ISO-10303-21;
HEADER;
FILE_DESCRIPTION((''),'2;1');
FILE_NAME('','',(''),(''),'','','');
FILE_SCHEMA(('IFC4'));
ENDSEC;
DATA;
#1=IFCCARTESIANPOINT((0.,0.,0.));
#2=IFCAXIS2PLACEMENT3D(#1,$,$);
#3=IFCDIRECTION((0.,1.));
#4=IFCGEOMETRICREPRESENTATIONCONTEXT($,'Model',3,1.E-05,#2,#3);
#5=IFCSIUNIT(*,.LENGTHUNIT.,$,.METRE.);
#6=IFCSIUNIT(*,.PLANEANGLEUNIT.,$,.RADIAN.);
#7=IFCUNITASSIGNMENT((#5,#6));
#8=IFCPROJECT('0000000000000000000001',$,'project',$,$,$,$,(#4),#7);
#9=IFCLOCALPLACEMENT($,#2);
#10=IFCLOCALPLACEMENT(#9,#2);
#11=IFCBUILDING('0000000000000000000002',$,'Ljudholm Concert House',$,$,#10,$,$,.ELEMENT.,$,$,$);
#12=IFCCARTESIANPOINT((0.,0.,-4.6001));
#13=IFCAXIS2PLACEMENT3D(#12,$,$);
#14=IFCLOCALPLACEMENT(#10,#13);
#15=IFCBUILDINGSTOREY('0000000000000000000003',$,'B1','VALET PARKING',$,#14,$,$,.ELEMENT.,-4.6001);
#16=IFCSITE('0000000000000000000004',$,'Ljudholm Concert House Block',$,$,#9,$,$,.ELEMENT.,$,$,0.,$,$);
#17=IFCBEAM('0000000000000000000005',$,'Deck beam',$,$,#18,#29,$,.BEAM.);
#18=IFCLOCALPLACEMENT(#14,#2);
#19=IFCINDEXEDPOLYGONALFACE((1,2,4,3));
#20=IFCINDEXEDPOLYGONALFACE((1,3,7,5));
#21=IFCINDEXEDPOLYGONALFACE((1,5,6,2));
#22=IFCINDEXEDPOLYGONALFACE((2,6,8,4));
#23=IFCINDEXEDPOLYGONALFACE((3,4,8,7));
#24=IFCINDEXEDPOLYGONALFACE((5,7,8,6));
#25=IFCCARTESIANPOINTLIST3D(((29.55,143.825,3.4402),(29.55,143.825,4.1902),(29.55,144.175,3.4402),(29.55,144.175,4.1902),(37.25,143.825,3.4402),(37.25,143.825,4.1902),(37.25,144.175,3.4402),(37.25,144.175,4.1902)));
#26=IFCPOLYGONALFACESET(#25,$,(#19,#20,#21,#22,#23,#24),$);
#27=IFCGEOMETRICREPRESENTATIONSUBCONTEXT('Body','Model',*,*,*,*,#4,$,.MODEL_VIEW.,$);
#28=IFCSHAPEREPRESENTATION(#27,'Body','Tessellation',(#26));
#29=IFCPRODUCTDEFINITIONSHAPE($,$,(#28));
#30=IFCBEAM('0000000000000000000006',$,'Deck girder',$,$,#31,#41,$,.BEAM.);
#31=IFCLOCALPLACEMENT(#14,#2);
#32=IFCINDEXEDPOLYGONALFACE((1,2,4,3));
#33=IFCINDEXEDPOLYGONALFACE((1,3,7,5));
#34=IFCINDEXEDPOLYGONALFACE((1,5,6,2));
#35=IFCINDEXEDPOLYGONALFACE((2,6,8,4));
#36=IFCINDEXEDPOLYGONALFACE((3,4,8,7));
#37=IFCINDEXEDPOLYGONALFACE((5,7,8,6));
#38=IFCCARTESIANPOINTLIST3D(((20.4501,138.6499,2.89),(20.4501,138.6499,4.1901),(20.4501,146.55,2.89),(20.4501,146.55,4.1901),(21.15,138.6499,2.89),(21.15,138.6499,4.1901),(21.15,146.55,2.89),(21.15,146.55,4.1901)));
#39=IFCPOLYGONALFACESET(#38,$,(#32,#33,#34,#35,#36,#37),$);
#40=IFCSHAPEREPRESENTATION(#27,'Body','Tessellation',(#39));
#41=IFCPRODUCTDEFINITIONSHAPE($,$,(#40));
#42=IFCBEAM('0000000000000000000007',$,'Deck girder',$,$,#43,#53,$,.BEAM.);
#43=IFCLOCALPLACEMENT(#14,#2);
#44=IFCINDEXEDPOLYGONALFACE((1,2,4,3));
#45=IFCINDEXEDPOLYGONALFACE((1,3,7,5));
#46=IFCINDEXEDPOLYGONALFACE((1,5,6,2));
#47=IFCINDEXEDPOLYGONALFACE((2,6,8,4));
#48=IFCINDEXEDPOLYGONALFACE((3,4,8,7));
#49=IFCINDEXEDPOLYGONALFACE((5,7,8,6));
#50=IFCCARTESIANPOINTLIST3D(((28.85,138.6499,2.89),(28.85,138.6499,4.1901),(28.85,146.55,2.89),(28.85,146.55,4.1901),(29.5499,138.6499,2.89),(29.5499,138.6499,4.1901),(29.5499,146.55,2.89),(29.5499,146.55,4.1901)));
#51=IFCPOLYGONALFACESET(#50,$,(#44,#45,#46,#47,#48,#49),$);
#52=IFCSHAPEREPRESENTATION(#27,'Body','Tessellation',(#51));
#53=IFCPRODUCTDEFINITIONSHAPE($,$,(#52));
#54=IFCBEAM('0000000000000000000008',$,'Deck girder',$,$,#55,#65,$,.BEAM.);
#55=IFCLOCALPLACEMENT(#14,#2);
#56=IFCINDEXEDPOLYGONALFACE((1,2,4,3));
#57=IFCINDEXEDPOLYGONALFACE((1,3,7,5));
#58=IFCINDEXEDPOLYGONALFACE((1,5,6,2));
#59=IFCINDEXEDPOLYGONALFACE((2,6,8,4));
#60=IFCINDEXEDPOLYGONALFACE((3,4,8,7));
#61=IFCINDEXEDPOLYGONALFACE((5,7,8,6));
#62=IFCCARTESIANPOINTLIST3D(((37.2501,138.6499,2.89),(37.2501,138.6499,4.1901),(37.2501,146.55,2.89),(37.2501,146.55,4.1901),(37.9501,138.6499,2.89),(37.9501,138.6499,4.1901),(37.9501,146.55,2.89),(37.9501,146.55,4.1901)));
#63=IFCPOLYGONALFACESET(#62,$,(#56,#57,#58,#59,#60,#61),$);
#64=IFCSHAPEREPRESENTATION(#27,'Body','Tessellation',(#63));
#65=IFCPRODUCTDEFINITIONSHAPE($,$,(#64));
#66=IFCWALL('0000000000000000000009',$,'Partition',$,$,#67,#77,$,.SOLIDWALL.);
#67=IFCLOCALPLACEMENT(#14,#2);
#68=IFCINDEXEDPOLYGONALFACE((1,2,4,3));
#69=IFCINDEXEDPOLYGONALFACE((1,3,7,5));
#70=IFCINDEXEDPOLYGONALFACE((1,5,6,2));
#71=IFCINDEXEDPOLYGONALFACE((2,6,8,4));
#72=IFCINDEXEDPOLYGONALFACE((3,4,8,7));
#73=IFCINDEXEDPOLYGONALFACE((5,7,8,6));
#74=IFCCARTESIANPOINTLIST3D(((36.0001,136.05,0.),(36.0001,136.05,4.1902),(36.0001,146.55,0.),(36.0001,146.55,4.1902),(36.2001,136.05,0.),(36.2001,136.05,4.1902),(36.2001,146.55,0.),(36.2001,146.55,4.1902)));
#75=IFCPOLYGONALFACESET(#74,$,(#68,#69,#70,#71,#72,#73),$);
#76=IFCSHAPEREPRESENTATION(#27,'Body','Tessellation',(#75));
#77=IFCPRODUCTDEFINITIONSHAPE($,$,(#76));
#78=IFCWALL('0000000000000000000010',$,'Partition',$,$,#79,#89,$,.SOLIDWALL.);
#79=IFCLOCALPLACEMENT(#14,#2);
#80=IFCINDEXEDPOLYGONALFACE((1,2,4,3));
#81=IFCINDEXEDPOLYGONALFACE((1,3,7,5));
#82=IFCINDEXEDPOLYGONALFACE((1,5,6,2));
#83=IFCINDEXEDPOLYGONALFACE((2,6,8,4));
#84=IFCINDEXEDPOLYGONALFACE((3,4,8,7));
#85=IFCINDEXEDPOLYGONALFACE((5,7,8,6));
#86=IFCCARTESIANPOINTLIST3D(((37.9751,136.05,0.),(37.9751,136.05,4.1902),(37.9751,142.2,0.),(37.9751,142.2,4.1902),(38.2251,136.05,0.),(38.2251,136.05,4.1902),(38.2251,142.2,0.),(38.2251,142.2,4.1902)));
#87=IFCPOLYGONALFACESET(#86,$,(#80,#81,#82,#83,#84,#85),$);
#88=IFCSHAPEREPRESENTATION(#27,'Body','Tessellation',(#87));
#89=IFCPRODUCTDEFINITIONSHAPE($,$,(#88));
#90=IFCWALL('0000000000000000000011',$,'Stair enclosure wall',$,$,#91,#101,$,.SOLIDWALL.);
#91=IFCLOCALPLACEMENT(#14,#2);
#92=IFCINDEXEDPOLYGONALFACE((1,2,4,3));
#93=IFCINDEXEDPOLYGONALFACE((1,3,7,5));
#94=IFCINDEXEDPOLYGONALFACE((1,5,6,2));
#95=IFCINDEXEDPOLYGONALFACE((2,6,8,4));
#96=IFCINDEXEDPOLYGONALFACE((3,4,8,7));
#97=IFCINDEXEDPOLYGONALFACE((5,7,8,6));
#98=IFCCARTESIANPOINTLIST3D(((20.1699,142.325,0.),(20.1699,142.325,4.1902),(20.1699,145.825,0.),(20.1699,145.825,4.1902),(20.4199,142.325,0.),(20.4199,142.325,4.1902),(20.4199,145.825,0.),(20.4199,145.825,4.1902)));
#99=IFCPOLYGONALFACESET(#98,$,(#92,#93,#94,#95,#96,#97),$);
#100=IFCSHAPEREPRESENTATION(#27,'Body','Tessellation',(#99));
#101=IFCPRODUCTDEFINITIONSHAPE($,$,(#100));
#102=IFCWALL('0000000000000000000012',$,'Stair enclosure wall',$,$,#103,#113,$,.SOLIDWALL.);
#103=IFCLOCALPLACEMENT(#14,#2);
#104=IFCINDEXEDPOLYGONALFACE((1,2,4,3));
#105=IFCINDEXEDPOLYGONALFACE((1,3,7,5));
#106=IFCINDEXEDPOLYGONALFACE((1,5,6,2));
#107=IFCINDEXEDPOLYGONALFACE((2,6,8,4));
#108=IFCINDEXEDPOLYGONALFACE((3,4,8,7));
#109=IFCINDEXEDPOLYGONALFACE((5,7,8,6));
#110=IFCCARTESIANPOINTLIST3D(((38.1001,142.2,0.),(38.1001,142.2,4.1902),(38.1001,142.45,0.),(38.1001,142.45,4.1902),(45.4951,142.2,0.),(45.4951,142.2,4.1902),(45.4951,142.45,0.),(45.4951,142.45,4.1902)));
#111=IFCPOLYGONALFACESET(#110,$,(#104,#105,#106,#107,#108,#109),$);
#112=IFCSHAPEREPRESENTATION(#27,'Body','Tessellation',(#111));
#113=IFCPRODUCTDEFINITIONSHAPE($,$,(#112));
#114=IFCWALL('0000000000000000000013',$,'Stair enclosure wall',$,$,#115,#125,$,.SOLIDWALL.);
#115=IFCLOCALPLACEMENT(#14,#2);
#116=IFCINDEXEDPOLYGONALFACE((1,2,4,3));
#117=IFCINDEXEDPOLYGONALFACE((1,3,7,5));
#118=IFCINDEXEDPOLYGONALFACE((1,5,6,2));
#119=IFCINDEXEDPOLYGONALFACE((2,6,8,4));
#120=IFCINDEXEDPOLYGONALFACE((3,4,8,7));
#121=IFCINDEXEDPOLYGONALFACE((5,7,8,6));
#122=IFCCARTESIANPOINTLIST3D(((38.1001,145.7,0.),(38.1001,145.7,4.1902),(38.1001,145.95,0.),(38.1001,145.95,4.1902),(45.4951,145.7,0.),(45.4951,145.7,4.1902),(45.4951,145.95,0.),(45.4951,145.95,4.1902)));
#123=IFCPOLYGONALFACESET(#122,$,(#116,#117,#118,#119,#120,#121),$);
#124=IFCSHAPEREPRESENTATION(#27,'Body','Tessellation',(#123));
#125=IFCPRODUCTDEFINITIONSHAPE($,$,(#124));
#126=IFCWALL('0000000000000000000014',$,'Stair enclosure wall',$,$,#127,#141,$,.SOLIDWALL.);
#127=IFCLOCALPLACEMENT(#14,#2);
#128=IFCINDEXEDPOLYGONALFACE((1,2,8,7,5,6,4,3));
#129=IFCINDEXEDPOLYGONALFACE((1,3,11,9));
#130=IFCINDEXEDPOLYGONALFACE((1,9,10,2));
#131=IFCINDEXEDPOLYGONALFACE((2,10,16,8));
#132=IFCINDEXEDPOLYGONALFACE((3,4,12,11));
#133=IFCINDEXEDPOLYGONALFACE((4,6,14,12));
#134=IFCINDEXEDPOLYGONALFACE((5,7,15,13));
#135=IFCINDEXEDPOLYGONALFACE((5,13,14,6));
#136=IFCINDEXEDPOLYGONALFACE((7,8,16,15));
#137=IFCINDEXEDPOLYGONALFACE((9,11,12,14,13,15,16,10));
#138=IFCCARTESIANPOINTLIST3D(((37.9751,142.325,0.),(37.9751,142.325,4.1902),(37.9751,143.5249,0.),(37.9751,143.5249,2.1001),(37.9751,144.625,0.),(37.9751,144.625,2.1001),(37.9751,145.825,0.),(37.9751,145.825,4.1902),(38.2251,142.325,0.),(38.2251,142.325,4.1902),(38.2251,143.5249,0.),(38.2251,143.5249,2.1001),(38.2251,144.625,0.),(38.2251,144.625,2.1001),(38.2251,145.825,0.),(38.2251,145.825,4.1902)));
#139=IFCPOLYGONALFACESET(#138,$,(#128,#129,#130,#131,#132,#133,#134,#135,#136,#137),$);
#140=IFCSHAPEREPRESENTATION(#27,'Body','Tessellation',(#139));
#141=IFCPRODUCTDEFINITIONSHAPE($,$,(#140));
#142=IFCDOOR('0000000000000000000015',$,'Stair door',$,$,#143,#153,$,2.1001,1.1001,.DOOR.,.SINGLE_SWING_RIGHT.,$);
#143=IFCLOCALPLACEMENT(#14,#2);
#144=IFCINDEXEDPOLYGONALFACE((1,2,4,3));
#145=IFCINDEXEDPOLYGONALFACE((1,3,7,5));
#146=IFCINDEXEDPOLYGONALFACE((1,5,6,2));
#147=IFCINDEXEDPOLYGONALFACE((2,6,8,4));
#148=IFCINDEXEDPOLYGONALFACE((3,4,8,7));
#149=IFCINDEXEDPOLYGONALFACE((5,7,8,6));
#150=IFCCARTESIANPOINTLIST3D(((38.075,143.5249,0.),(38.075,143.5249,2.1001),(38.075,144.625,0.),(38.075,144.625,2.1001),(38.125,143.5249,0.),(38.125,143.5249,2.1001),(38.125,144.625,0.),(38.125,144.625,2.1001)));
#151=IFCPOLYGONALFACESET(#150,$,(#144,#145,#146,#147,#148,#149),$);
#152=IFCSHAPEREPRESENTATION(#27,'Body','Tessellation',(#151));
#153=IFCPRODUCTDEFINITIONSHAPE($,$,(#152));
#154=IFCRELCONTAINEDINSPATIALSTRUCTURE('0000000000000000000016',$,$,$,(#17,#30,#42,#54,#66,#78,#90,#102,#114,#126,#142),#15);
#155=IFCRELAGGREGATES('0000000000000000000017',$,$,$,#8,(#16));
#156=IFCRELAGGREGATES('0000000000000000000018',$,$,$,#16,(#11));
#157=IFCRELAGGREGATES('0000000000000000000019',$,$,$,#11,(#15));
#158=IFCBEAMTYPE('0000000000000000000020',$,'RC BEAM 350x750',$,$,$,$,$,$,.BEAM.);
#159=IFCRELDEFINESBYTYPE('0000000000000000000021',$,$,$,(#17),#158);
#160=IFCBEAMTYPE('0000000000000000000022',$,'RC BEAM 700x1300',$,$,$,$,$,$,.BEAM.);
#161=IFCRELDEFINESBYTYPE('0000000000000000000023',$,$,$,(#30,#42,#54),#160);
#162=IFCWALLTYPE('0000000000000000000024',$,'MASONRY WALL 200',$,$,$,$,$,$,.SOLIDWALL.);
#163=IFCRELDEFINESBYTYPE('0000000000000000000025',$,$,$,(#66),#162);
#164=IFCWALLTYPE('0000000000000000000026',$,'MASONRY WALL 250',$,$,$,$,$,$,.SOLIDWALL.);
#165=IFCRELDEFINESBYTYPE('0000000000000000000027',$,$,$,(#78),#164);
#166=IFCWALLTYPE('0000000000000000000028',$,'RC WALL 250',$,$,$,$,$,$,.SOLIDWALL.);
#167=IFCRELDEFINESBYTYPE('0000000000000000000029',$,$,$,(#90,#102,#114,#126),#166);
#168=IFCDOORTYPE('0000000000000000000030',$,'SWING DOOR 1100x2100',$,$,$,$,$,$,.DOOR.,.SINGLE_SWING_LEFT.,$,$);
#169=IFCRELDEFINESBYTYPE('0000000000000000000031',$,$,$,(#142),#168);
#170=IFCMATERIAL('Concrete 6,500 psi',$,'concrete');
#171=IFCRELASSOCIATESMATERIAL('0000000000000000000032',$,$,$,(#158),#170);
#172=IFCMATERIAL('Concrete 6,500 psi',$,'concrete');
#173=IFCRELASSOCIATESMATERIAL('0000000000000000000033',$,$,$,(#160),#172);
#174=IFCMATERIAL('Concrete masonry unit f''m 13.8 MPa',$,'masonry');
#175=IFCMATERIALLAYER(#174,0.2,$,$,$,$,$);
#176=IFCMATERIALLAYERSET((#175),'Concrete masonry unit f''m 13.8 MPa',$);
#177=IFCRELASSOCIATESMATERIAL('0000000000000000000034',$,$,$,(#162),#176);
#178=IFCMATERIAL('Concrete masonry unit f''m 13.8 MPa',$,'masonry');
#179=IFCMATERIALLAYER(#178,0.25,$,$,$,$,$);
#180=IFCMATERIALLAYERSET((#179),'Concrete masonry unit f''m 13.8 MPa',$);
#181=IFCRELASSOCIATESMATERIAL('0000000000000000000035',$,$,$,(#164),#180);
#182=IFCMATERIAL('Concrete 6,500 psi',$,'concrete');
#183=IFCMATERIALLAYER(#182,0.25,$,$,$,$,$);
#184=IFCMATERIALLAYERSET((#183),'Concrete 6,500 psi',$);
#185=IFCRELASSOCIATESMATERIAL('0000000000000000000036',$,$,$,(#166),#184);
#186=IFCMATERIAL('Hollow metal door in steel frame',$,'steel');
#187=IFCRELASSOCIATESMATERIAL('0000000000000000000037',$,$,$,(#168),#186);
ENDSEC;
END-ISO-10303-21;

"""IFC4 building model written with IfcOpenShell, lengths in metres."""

from ifc_helpers import new_model, si_unit, direction, frame, frame_2d, origin, origin_2d, place, context, subcontext, project, spatial, rectangle, extrude, material, layer, layer_set, material_profile, profile_set, type_object, element, fill, save


model = new_model("IFC4")

# Units and contexts
model_context = context("Model", 3, precision=1e-05, world=origin(), true_north=direction((0.0, 1.0)))
body_context = subcontext(model_context, "Body", "Model", "MODEL_VIEW")
ifc_project = project(units=[si_unit("LENGTHUNIT", "METRE"), si_unit("PLANEANGLEUNIT", "RADIAN")], contexts=[model_context])

# Site, building, storey
site_placement = place(None, origin())
site = spatial("IfcSite", under=ifc_project, at=site_placement, Name="Ljudholm Concert House Block", CompositionType="ELEMENT", RefElevation=0.0)
building_placement = place(site_placement, origin())
building = spatial("IfcBuilding", under=site, at=building_placement, Name="Ljudholm Concert House", CompositionType="ELEMENT")
storey_placement = place(building_placement, frame((0.0, 0.0, -4.6001)))
storey = spatial("IfcBuildingStorey", under=building, at=storey_placement, Name="B1", Description="VALET PARKING", CompositionType="ELEMENT", Elevation=-4.6001)

# Beams
ifc_material_1 = material(Name="Concrete 6,500 psi", Category="concrete")
ifc_material_profile_1 = material_profile(ifc_material_1, rectangle(XDim=0.3501, YDim=0.75, at=origin_2d()), Name="RC BEAM 350x750")
ifc_profile_set_1 = profile_set([ifc_material_profile_1], Name="Concrete 6,500 psi")
beam_type_1 = type_object("IfcBeamType", Name="RC BEAM 350x750", PredefinedType="BEAM", material=ifc_profile_set_1)
beam_1_placement = place(storey_placement, frame((29.55, 144.0, 3.8152), z_axis=(1.0, 0.0, 0.0), x_axis=(0.0, 1.0, 0.0)))
element("IfcBeam", 1, at=beam_1_placement, inside=storey, type_object=beam_type_1, Name="Deck beam", PredefinedType="BEAM", context=body_context, shape_type="SweptSolid", body=[
    extrude(rectangle(XDim=0.3501, YDim=0.75, at=origin_2d()), origin(), (0.0, 0.0, 1.0), 7.7),
])
ifc_material_2 = material(Name="Concrete 6,500 psi", Category="concrete")
ifc_material_profile_2 = material_profile(ifc_material_2, rectangle(XDim=0.7, YDim=1.3, at=origin_2d()), Name="RC BEAM 700x1300")
ifc_profile_set_2 = profile_set([ifc_material_profile_2], Name="Concrete 6,500 psi")
beam_type_2 = type_object("IfcBeamType", Name="RC BEAM 700x1300", PredefinedType="BEAM", material=ifc_profile_set_2)
for number, where, z_axis, x_axis, name in (
    (2, (20.8, 138.6499, 3.54), (0.0, 1.0, 0.0), (-1.0, 0.0, 0.0), "Deck girder"),
    (3, (29.2, 138.6499, 3.54), (0.0, 1.0, 0.0), (-1.0, 0.0, 0.0), "Deck girder"),
    (4, (37.6001, 138.6499, 3.54), (0.0, 1.0, 0.0), (-1.0, 0.0, 0.0), "Deck girder"),
):
    element("IfcBeam", number, at=place(storey_placement, frame(where, z_axis=z_axis, x_axis=x_axis)), inside=storey, type_object=beam_type_2, Name=name, PredefinedType="BEAM", context=body_context, shape_type="SweptSolid", body=[
        extrude(rectangle(XDim=0.7, YDim=1.3, at=origin_2d()), origin(), (0.0, 0.0, 1.0), 7.9001),
    ])

# Walls
ifc_material_3 = material(Name="Concrete masonry unit f'm 13.8 MPa", Category="masonry")
ifc_layer_1 = layer(ifc_material_3, 0.2)
ifc_layer_set_1 = layer_set([ifc_layer_1], Name="Concrete masonry unit f'm 13.8 MPa")
wall_type_1 = type_object("IfcWallType", Name="MASONRY WALL 200", PredefinedType="SOLIDWALL", material=ifc_layer_set_1)
wall_1_placement = place(storey_placement, frame((36.1001, 136.05, 0.0), z_axis=(0.0, 0.0, 1.0), x_axis=(0.0, 1.0, 0.0)))
element("IfcWall", 5, at=wall_1_placement, inside=storey, type_object=wall_type_1, Name="Partition", PredefinedType="SOLIDWALL", context=body_context, shape_type="SweptSolid", body=[
    extrude(rectangle(XDim=10.5, YDim=0.2, at=frame_2d((5.25, 0.0))), origin(), (0.0, 0.0, 1.0), 4.1902),
])
ifc_material_4 = material(Name="Concrete masonry unit f'm 13.8 MPa", Category="masonry")
ifc_layer_2 = layer(ifc_material_4, 0.25)
ifc_layer_set_2 = layer_set([ifc_layer_2], Name="Concrete masonry unit f'm 13.8 MPa")
wall_type_2 = type_object("IfcWallType", Name="MASONRY WALL 250", PredefinedType="SOLIDWALL", material=ifc_layer_set_2)
wall_2_placement = place(storey_placement, frame((38.1001, 136.05, 0.0), z_axis=(0.0, 0.0, 1.0), x_axis=(0.0, 1.0, 0.0)))
element("IfcWall", 6, at=wall_2_placement, inside=storey, type_object=wall_type_2, Name="Partition", PredefinedType="SOLIDWALL", context=body_context, shape_type="SweptSolid", body=[
    extrude(rectangle(XDim=6.1499, YDim=0.25, at=frame_2d((3.075, 0.0))), origin(), (0.0, 0.0, 1.0), 4.1902),
])
ifc_material_5 = material(Name="Concrete 6,500 psi", Category="concrete")
ifc_layer_3 = layer(ifc_material_5, 0.25)
ifc_layer_set_3 = layer_set([ifc_layer_3], Name="Concrete 6,500 psi")
wall_type_3 = type_object("IfcWallType", Name="RC WALL 250", PredefinedType="SOLIDWALL", material=ifc_layer_set_3)
wall_3_placement = place(storey_placement, frame((20.2949, 142.325, 0.0), z_axis=(0.0, 0.0, 1.0), x_axis=(0.0, 1.0, 0.0)))
element("IfcWall", 7, at=wall_3_placement, inside=storey, type_object=wall_type_3, Name="Stair enclosure wall", PredefinedType="SOLIDWALL", context=body_context, shape_type="SweptSolid", body=[
    extrude(rectangle(XDim=3.5, YDim=0.25, at=frame_2d((1.75, 0.0))), origin(), (0.0, 0.0, 1.0), 4.1902),
])
for number, where, z_axis, x_axis, name in (
    (8, (38.1001, 142.325, 0.0), (0.0, 0.0, 1.0), (1.0, 0.0, 0.0), "Stair enclosure wall"),
    (9, (38.1001, 145.825, 0.0), (0.0, 0.0, 1.0), (1.0, 0.0, 0.0), "Stair enclosure wall"),
):
    element("IfcWall", number, at=place(storey_placement, frame(where, z_axis=z_axis, x_axis=x_axis)), inside=storey, type_object=wall_type_3, Name=name, PredefinedType="SOLIDWALL", context=body_context, shape_type="SweptSolid", body=[
        extrude(rectangle(XDim=7.395, YDim=0.25, at=frame_2d((3.6975, 0.0))), origin(), (0.0, 0.0, 1.0), 4.1902),
    ])

# Wall, opening, door
wall_4_placement = place(storey_placement, frame((38.1001, 142.325, 0.0), z_axis=(0.0, 0.0, 1.0), x_axis=(0.0, 1.0, 0.0)))
wall_4 = element("IfcWall", 10, at=wall_4_placement, inside=storey, type_object=wall_type_3, Name="Stair enclosure wall", PredefinedType="SOLIDWALL", context=body_context, shape_type="SweptSolid", body=[
    extrude(rectangle(XDim=3.5, YDim=0.25, at=frame_2d((1.75, 0.0))), origin(), (0.0, 0.0, 1.0), 4.1902),
])
opening_placement = place(wall_4_placement, frame((1.2, 0.0, 0.0)))
opening = element("IfcOpeningElement", 11, at=opening_placement, cuts=wall_4, PredefinedType="OPENING", context=body_context, shape_type="SweptSolid", body=[
    extrude(rectangle(XDim=1.1001, YDim=2.1001, at=frame_2d((0.55, 1.05))), frame((0.0, 0.135, 0.0), z_axis=(0.0, -1.0, 0.0), x_axis=(1.0, 0.0, 0.0)), (0.0, 0.0, 1.0), 0.27),
])
ifc_material_6 = material(Name="Hollow metal door in steel frame", Category="steel")
door_type = type_object("IfcDoorType", Name="SWING DOOR 1100x2100", OperationType="SINGLE_SWING_LEFT", PredefinedType="DOOR", material=ifc_material_6)
door_placement = place(opening_placement, frame((1.1001, 0.0, 0.0), z_axis=(0.0, 0.0, 1.0), x_axis=(-1.0, 0.0, 0.0)))
door = element("IfcDoor", 12, at=door_placement, inside=storey, type_object=door_type, Name="Stair door", OperationType="SINGLE_SWING_RIGHT", OverallHeight=2.1001, OverallWidth=1.1001, PredefinedType="DOOR", context=body_context, shape_type="SweptSolid", body=[
    extrude(rectangle(XDim=1.1001, YDim=2.1001, at=frame_2d((0.55, 1.05))), frame((0.0, 0.0249, 0.0), z_axis=(0.0, -1.0, 0.0), x_axis=(1.0, 0.0, 0.0)), (0.0, 0.0, 1.0), 0.05),
])
fill(opening, door)

save(model, "model.ifc")
